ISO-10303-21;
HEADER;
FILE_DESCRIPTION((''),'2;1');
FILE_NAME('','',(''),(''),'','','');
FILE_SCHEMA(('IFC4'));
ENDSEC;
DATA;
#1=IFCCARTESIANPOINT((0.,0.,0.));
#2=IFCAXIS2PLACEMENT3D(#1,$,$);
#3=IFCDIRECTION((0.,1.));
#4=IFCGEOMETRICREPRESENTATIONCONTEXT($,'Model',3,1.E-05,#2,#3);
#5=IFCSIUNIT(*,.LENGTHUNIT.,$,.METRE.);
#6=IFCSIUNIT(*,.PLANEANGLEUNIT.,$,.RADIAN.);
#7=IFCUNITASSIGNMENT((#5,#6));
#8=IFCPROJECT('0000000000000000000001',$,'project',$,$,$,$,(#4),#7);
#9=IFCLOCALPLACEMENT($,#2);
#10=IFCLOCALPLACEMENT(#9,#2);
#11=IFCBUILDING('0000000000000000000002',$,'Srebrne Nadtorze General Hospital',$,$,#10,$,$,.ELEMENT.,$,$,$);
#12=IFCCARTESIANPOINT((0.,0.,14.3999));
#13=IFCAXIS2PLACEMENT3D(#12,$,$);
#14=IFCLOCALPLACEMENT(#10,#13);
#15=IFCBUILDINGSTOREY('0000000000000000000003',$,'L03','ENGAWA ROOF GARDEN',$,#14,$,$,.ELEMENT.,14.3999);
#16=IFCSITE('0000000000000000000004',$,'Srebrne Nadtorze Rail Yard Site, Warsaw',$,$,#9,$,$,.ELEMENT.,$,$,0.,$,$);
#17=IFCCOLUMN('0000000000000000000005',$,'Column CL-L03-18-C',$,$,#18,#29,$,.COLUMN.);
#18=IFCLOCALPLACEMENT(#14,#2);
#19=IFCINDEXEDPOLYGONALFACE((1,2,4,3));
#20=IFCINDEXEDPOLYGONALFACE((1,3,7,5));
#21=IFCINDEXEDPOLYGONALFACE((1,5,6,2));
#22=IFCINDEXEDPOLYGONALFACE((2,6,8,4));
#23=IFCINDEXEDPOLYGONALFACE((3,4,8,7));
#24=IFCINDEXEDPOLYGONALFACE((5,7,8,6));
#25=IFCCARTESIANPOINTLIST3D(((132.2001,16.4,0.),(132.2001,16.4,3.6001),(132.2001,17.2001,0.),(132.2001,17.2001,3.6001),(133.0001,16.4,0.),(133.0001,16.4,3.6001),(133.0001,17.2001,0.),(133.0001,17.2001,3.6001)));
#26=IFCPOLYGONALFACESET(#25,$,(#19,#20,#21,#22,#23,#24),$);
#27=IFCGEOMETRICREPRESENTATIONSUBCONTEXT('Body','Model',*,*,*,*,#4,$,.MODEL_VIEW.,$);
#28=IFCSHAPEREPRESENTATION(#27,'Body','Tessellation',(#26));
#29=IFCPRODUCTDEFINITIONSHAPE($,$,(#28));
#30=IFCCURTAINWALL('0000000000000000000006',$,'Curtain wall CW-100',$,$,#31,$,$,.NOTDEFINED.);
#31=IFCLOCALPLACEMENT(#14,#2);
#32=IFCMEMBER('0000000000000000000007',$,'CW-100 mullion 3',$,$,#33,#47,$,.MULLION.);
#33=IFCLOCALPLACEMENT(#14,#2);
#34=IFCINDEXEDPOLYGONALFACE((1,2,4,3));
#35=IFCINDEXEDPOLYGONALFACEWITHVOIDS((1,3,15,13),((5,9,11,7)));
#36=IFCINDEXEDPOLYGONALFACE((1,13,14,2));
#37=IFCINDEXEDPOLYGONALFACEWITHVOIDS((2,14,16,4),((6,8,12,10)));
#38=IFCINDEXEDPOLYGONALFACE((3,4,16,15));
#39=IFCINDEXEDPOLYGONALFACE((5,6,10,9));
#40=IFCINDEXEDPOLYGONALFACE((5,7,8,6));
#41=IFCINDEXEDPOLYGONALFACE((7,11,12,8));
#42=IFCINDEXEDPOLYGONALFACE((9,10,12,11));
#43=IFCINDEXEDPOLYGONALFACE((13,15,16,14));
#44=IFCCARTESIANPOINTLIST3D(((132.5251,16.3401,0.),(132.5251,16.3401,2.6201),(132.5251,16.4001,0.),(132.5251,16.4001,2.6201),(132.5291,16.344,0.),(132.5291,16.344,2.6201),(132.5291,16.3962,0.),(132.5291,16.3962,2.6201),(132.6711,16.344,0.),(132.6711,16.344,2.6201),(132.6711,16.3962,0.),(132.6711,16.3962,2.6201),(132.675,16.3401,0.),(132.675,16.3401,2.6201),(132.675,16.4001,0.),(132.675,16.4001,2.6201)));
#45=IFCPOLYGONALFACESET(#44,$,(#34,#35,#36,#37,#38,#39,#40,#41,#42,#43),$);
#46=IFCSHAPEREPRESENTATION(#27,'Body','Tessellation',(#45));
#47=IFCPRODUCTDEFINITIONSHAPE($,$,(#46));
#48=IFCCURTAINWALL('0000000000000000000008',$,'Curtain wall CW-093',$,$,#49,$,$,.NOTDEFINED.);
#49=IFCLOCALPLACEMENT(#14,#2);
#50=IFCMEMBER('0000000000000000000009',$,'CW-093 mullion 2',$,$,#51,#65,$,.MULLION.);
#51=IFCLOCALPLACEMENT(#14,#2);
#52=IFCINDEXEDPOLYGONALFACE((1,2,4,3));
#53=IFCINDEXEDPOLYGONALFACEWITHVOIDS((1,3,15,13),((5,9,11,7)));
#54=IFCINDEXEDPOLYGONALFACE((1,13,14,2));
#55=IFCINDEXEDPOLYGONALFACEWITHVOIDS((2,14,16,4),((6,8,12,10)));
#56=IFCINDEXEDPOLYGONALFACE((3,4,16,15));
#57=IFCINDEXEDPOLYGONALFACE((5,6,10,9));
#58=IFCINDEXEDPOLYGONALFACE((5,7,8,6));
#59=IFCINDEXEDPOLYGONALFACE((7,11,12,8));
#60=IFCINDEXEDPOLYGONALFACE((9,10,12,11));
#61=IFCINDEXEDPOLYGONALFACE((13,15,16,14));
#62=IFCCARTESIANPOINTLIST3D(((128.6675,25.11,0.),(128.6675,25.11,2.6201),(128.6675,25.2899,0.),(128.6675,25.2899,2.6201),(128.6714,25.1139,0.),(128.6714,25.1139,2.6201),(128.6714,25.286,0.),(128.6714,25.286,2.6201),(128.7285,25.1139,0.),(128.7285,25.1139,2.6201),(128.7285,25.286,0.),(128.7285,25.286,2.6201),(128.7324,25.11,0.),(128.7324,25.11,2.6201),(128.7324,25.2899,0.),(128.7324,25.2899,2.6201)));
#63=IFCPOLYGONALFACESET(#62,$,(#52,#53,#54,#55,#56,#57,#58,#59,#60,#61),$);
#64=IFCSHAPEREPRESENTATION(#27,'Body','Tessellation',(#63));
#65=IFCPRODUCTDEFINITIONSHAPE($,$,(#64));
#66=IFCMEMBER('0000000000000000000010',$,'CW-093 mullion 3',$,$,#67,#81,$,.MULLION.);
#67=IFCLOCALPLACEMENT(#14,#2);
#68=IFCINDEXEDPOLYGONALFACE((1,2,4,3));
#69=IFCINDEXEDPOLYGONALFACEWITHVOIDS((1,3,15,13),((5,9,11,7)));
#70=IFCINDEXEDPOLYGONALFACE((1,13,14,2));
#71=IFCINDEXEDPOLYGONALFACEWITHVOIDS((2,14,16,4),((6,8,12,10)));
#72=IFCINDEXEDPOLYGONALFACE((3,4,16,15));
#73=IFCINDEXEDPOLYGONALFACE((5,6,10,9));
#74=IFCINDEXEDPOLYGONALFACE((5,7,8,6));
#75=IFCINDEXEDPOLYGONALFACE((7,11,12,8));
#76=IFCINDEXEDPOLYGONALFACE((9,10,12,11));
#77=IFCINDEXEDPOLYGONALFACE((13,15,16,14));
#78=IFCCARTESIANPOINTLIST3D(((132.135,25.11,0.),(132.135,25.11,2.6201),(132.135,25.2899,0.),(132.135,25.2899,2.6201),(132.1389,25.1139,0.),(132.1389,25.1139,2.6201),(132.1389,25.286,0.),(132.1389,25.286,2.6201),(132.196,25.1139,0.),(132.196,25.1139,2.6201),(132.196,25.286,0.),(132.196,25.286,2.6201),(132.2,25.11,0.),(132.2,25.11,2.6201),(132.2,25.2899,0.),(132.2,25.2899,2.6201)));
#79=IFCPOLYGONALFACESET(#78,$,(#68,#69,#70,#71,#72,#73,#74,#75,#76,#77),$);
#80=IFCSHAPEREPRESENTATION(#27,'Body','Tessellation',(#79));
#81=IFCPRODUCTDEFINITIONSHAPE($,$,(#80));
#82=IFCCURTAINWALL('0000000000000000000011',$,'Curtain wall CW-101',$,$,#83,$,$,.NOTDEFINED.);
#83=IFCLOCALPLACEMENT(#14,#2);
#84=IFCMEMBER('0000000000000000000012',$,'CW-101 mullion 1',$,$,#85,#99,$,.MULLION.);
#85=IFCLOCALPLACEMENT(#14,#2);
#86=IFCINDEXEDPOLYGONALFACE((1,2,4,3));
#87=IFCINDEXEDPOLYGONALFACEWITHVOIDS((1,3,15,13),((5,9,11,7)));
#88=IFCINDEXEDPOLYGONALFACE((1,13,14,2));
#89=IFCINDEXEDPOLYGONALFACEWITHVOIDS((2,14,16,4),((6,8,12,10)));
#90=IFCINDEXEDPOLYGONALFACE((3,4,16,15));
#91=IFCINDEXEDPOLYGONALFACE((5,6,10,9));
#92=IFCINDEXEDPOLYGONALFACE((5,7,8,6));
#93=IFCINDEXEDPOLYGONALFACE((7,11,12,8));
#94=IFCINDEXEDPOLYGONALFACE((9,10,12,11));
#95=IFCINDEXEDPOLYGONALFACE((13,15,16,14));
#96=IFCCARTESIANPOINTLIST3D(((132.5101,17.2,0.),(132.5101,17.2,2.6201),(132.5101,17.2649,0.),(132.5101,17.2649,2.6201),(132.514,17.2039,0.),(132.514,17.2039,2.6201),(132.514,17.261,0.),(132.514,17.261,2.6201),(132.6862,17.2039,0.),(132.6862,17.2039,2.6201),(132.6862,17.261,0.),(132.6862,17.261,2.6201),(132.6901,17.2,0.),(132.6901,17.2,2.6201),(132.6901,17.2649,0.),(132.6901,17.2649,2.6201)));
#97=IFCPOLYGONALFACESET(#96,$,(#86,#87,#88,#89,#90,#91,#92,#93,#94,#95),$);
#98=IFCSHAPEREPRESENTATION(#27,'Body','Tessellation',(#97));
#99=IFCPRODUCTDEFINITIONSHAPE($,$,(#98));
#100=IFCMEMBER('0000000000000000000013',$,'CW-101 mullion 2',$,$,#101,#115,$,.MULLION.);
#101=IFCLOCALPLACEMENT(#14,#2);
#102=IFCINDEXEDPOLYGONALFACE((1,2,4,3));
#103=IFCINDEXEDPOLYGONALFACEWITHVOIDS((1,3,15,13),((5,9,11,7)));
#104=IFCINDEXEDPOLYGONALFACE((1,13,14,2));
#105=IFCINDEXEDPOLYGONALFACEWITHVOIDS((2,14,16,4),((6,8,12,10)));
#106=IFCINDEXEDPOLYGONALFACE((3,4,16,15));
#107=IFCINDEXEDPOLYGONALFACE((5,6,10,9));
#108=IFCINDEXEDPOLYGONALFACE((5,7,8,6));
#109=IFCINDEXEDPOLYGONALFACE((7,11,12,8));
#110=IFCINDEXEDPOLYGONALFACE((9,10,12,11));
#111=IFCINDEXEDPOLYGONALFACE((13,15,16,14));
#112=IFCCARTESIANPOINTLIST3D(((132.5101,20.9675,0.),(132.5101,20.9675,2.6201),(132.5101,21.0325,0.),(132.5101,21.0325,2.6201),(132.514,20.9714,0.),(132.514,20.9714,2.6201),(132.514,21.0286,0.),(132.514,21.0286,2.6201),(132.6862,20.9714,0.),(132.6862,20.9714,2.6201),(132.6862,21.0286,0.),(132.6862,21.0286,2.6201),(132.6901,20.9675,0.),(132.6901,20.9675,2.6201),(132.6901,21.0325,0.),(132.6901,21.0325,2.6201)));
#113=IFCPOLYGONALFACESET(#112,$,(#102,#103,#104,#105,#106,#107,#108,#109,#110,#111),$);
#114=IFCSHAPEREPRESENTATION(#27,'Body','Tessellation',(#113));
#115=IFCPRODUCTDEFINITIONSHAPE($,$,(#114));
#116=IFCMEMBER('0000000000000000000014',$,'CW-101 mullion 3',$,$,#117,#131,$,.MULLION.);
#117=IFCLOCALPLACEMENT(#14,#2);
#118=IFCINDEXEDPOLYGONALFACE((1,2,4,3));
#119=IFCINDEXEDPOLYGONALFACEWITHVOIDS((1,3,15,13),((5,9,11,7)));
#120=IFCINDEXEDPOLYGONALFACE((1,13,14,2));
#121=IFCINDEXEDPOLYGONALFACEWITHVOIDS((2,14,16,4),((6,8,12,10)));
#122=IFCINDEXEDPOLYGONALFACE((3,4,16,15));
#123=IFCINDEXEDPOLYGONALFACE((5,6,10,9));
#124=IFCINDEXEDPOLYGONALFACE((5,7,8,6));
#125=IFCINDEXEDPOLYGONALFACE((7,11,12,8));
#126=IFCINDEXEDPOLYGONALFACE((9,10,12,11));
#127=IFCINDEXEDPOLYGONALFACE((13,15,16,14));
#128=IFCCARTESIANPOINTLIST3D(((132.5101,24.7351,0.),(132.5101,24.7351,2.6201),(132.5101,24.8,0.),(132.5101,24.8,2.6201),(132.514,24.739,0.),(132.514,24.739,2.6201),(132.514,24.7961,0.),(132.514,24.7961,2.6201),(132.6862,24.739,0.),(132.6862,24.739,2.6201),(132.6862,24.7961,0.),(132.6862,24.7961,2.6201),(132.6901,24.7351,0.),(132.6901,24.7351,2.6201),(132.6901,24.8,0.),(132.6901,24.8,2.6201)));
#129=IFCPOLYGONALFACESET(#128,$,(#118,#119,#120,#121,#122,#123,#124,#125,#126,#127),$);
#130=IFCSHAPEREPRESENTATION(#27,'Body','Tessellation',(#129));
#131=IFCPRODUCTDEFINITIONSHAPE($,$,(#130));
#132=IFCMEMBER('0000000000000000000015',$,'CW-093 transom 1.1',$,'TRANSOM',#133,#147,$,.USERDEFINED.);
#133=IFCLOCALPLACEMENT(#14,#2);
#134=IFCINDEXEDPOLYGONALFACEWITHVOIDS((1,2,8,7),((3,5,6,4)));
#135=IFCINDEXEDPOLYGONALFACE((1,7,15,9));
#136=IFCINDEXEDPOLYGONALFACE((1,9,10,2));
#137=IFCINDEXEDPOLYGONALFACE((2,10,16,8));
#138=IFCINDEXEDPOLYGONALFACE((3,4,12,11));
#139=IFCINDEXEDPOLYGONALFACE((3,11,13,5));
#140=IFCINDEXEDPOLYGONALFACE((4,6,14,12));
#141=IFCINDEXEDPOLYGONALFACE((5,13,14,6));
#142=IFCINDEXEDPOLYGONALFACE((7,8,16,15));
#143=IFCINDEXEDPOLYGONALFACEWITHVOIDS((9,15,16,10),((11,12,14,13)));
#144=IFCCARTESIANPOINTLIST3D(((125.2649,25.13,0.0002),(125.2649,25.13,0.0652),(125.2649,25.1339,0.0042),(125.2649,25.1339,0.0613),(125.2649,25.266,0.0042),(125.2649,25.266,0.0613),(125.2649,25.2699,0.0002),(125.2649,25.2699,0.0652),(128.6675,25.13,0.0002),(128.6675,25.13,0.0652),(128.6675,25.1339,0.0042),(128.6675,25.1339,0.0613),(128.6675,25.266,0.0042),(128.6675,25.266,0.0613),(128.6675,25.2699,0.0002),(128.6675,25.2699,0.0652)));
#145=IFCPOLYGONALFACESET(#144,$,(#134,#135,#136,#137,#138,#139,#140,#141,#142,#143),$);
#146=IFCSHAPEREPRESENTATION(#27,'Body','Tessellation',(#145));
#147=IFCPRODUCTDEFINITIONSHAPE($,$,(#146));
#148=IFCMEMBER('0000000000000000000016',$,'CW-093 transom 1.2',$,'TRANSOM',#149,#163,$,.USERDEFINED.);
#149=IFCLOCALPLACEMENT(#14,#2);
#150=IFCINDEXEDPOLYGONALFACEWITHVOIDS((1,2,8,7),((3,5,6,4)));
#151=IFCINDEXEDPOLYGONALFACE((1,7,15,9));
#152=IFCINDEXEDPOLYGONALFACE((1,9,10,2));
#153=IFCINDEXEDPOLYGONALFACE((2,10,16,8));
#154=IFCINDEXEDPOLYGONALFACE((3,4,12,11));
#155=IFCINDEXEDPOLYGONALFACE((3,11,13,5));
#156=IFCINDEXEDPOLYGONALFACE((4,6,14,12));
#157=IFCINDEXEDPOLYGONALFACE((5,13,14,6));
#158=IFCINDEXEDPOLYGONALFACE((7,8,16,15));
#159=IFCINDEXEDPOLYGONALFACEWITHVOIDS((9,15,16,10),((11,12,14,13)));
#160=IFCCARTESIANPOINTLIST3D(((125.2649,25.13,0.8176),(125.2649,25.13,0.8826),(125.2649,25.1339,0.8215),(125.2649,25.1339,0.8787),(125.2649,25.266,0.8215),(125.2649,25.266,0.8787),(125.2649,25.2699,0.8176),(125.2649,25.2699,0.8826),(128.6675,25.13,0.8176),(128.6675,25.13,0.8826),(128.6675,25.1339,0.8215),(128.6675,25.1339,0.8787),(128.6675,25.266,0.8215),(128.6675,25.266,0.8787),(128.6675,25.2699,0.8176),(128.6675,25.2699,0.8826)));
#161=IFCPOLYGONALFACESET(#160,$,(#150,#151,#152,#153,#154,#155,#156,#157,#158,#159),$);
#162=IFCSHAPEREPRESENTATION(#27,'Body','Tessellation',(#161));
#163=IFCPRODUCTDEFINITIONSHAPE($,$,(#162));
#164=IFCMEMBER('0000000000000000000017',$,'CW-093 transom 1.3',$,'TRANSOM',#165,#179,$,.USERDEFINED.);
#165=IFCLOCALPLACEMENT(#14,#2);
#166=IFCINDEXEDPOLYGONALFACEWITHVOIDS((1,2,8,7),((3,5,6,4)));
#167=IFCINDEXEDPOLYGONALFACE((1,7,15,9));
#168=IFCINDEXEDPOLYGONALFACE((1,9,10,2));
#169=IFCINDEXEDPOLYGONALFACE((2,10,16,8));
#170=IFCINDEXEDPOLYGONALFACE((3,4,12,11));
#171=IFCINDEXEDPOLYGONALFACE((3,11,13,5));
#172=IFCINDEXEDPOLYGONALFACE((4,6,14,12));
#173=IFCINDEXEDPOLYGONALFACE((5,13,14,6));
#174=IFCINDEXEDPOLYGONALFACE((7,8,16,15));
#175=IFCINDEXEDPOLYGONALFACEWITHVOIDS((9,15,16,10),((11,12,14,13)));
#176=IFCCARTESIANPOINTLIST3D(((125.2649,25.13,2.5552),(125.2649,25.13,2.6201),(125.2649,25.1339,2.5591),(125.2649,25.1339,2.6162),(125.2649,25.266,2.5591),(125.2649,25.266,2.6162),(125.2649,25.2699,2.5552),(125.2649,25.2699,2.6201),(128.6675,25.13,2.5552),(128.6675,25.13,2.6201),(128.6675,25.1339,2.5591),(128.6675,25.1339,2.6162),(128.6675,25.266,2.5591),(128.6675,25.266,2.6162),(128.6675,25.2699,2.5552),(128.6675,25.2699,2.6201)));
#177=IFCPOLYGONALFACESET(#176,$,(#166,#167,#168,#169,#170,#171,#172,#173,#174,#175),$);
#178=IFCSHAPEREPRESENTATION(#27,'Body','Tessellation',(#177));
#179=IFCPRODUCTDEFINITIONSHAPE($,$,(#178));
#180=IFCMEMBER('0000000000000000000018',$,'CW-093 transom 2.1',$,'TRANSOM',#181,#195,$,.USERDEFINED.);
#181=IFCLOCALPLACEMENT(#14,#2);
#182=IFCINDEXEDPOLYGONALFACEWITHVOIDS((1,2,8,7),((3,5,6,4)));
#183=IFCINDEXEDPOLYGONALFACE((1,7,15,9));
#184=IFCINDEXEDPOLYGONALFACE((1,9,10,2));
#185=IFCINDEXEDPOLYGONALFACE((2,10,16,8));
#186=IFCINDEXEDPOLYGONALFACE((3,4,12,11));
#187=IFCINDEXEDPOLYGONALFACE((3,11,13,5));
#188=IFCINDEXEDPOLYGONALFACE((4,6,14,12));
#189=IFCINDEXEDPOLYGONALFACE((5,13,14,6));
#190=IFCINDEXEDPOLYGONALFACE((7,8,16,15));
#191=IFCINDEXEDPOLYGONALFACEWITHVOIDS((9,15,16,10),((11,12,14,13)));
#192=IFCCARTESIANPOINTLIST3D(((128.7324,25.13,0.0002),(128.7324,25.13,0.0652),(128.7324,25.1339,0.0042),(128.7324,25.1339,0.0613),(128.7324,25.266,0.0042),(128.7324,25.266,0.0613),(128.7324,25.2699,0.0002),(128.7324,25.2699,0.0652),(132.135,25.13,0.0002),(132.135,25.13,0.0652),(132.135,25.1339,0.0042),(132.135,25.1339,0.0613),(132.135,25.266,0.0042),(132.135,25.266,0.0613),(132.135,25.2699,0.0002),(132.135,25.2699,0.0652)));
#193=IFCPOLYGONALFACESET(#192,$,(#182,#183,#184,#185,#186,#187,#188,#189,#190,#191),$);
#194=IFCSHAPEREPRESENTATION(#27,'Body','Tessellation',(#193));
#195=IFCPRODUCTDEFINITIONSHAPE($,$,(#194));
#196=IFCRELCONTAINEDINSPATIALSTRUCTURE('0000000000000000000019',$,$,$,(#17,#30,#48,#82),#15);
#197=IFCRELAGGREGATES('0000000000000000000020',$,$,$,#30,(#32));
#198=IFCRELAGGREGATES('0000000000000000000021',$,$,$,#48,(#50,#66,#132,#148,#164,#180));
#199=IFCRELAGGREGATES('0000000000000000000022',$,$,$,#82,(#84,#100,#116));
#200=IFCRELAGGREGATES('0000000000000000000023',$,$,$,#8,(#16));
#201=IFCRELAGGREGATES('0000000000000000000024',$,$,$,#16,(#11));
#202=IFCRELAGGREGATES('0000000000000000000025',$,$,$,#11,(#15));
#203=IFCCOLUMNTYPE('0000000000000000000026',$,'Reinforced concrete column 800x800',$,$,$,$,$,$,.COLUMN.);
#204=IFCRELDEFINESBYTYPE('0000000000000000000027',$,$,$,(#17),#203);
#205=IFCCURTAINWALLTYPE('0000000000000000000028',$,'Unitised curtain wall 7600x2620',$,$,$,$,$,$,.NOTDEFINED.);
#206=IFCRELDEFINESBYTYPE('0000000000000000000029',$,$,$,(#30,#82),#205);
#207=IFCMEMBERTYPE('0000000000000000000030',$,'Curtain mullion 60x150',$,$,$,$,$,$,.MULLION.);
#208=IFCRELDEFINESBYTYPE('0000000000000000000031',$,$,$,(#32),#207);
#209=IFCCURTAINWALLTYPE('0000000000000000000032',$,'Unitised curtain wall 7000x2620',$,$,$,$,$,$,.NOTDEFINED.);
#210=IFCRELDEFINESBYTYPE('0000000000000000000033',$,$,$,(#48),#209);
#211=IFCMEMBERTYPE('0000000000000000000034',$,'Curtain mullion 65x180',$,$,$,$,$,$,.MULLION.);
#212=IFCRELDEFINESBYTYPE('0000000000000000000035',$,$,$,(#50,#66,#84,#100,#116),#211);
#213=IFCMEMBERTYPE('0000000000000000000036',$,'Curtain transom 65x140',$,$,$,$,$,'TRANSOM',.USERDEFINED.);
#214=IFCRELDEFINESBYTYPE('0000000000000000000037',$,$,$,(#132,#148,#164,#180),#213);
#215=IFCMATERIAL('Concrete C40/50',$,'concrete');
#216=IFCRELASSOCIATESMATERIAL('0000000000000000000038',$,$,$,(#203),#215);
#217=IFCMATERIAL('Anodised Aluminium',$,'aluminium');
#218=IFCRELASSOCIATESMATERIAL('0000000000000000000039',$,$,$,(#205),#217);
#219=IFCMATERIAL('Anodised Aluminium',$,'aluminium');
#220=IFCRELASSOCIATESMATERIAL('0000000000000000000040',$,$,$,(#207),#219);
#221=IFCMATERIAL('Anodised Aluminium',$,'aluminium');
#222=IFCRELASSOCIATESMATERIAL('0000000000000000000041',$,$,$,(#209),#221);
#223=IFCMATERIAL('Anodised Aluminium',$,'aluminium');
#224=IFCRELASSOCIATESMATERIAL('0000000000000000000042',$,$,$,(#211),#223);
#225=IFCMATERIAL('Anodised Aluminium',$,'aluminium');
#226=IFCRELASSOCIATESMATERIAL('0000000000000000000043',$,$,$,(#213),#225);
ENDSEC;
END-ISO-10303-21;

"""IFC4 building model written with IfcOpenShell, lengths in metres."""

from ifc_helpers import new_model, si_unit, direction, frame, origin, origin_2d, place, context, subcontext, project, spatial, rectangle, hollow_rectangle, extrude, material, material_profile, profile_set, type_object, element, aggregate, save


model = new_model("IFC4")

# Units and contexts
model_context = context("Model", 3, precision=1e-05, world=origin(), true_north=direction((0.0, 1.0)))
body_context = subcontext(model_context, "Body", "Model", "MODEL_VIEW")
ifc_project = project(units=[si_unit("LENGTHUNIT", "METRE"), si_unit("PLANEANGLEUNIT", "RADIAN")], contexts=[model_context])

# Site, building, storey
site_placement = place(None, origin())
site = spatial("IfcSite", under=ifc_project, at=site_placement, Name="Srebrne Nadtorze Rail Yard Site, Warsaw", CompositionType="ELEMENT", RefElevation=0.0)
building_placement = place(site_placement, origin())
building = spatial("IfcBuilding", under=site, at=building_placement, Name="Srebrne Nadtorze General Hospital", CompositionType="ELEMENT")
storey_placement = place(building_placement, frame((0.0, 0.0, 14.3999)))
storey = spatial("IfcBuildingStorey", under=building, at=storey_placement, Name="L03", Description="ENGAWA ROOF GARDEN", CompositionType="ELEMENT", Elevation=14.3999)

# Column
ifc_material_1 = material(Name="Concrete C40/50", Category="concrete")
ifc_material_profile_1 = material_profile(ifc_material_1, rectangle(XDim=0.8, YDim=0.8, at=origin_2d()), Name="RC-COL-800x800")
ifc_profile_set_1 = profile_set([ifc_material_profile_1], Name="Concrete C40/50")
column_type = type_object("IfcColumnType", Name="Reinforced concrete column 800x800", PredefinedType="COLUMN", material=ifc_profile_set_1)
column_placement = place(storey_placement, frame((132.6001, 16.8, 0.0), z_axis=(0.0, 0.0, 1.0), x_axis=(1.0, 0.0, 0.0)))
element("IfcColumn", 1, at=column_placement, inside=storey, type_object=column_type, Name="Column CL-L03-18-C", PredefinedType="COLUMN", context=body_context, shape_type="SweptSolid", body=[
    extrude(rectangle(XDim=0.8, YDim=0.8, at=origin_2d()), origin(), (0.0, 0.0, 1.0), 3.6001),
])

# Curtain wall, member
ifc_material_2 = material(Name="Anodised Aluminium", Category="aluminium")
curtain_wall_type_1 = type_object("IfcCurtainWallType", Name="Unitised curtain wall 7600x2620", PredefinedType="NOTDEFINED", material=ifc_material_2)
curtain_wall_1_placement = place(storey_placement, origin())
curtain_wall_1 = element("IfcCurtainWall", 2, at=curtain_wall_1_placement, inside=storey, type_object=curtain_wall_type_1, Name="Curtain wall CW-100", PredefinedType="NOTDEFINED")
ifc_material_3 = material(Name="Anodised Aluminium", Category="aluminium")
ifc_material_profile_2 = material_profile(ifc_material_3, hollow_rectangle(XDim=0.0601, YDim=0.1499, WallThickness=0.0039, at=origin_2d()), Name="AL-MUL-60x150")
ifc_profile_set_2 = profile_set([ifc_material_profile_2], Name="Anodised Aluminium")
member_type_1 = type_object("IfcMemberType", Name="Curtain mullion 60x150", PredefinedType="MULLION", material=ifc_profile_set_2)
member_1_placement = place(storey_placement, frame((132.6001, 16.3701, 0.0), z_axis=(0.0, 0.0, 1.0), x_axis=(0.0, 1.0, 0.0)))
member_1 = element("IfcMember", 3, at=member_1_placement, type_object=member_type_1, Name="CW-100 mullion 3", PredefinedType="MULLION", context=body_context, shape_type="SweptSolid", body=[
    extrude(hollow_rectangle(XDim=0.0601, YDim=0.1499, WallThickness=0.0039, at=origin_2d()), origin(), (0.0, 0.0, 1.0), 2.6201),
])
aggregate(curtain_wall_1, [member_1])

# Curtain walls, members
ifc_material_4 = material(Name="Anodised Aluminium", Category="aluminium")
curtain_wall_type_2 = type_object("IfcCurtainWallType", Name="Unitised curtain wall 7000x2620", PredefinedType="NOTDEFINED", material=ifc_material_4)
curtain_wall_2_placement = place(storey_placement, origin())
curtain_wall_2 = element("IfcCurtainWall", 4, at=curtain_wall_2_placement, inside=storey, type_object=curtain_wall_type_2, Name="Curtain wall CW-093", PredefinedType="NOTDEFINED")
ifc_material_5 = material(Name="Anodised Aluminium", Category="aluminium")
ifc_material_profile_3 = material_profile(ifc_material_5, hollow_rectangle(XDim=0.0649, YDim=0.1799, WallThickness=0.0039, at=origin_2d()), Name="AL-MUL-65x180")
ifc_profile_set_3 = profile_set([ifc_material_profile_3], Name="Anodised Aluminium")
member_type_2 = type_object("IfcMemberType", Name="Curtain mullion 65x180", PredefinedType="MULLION", material=ifc_profile_set_3)
member_2_placement = place(storey_placement, frame((128.7, 25.2, 0.0), z_axis=(0.0, 0.0, 1.0), x_axis=(1.0, 0.0, 0.0)))
member_2 = element("IfcMember", 5, at=member_2_placement, type_object=member_type_2, Name="CW-093 mullion 2", PredefinedType="MULLION", context=body_context, shape_type="SweptSolid", body=[
    extrude(hollow_rectangle(XDim=0.0649, YDim=0.1799, WallThickness=0.0039, at=origin_2d()), origin(), (0.0, 0.0, 1.0), 2.6201),
])
member_3_placement = place(storey_placement, frame((132.1675, 25.2, 0.0), z_axis=(0.0, 0.0, 1.0), x_axis=(1.0, 0.0, 0.0)))
member_3 = element("IfcMember", 6, at=member_3_placement, type_object=member_type_2, Name="CW-093 mullion 3", PredefinedType="MULLION", context=body_context, shape_type="SweptSolid", body=[
    extrude(hollow_rectangle(XDim=0.0649, YDim=0.1799, WallThickness=0.0039, at=origin_2d()), origin(), (0.0, 0.0, 1.0), 2.6201),
])
curtain_wall_3_placement = place(storey_placement, origin())
curtain_wall_3 = element("IfcCurtainWall", 7, at=curtain_wall_3_placement, inside=storey, type_object=curtain_wall_type_1, Name="Curtain wall CW-101", PredefinedType="NOTDEFINED")
member_4_placement = place(storey_placement, frame((132.6001, 17.2324, 0.0), z_axis=(0.0, 0.0, 1.0), x_axis=(0.0, 1.0, 0.0)))
member_4 = element("IfcMember", 8, at=member_4_placement, type_object=member_type_2, Name="CW-101 mullion 1", PredefinedType="MULLION", context=body_context, shape_type="SweptSolid", body=[
    extrude(hollow_rectangle(XDim=0.0649, YDim=0.1799, WallThickness=0.0039, at=origin_2d()), origin(), (0.0, 0.0, 1.0), 2.6201),
])
member_5_placement = place(storey_placement, frame((132.6001, 21.0, 0.0), z_axis=(0.0, 0.0, 1.0), x_axis=(0.0, 1.0, 0.0)))
member_5 = element("IfcMember", 9, at=member_5_placement, type_object=member_type_2, Name="CW-101 mullion 2", PredefinedType="MULLION", context=body_context, shape_type="SweptSolid", body=[
    extrude(hollow_rectangle(XDim=0.0649, YDim=0.1799, WallThickness=0.0039, at=origin_2d()), origin(), (0.0, 0.0, 1.0), 2.6201),
])
member_6_placement = place(storey_placement, frame((132.6001, 24.7676, 0.0), z_axis=(0.0, 0.0, 1.0), x_axis=(0.0, 1.0, 0.0)))
member_6 = element("IfcMember", 10, at=member_6_placement, type_object=member_type_2, Name="CW-101 mullion 3", PredefinedType="MULLION", context=body_context, shape_type="SweptSolid", body=[
    extrude(hollow_rectangle(XDim=0.0649, YDim=0.1799, WallThickness=0.0039, at=origin_2d()), origin(), (0.0, 0.0, 1.0), 2.6201),
])

# Members
ifc_material_6 = material(Name="Anodised Aluminium", Category="aluminium")
ifc_material_profile_4 = material_profile(ifc_material_6, hollow_rectangle(XDim=0.0649, YDim=0.1399, WallThickness=0.0039, at=origin_2d()), Name="AL-TRN-65x140")
ifc_profile_set_4 = profile_set([ifc_material_profile_4], Name="Anodised Aluminium")
member_type_3 = type_object("IfcMemberType", Name="Curtain transom 65x140", ElementType="TRANSOM", PredefinedType="USERDEFINED", material=ifc_profile_set_4)
member_7_placement = place(storey_placement, frame((125.2649, 25.2, 0.0327), z_axis=(1.0, 0.0, 0.0), x_axis=(0.0, 0.0, 1.0)))
member_7 = element("IfcMember", 11, at=member_7_placement, type_object=member_type_3, Name="CW-093 transom 1.1", ObjectType="TRANSOM", PredefinedType="USERDEFINED", context=body_context, shape_type="SweptSolid", body=[
    extrude(hollow_rectangle(XDim=0.0649, YDim=0.1399, WallThickness=0.0039, at=origin_2d()), origin(), (0.0, 0.0, 1.0), 3.4026),
])
member_8_placement = place(storey_placement, frame((125.2649, 25.2, 0.8501), z_axis=(1.0, 0.0, 0.0), x_axis=(0.0, 0.0, 1.0)))
member_8 = element("IfcMember", 12, at=member_8_placement, type_object=member_type_3, Name="CW-093 transom 1.2", ObjectType="TRANSOM", PredefinedType="USERDEFINED", context=body_context, shape_type="SweptSolid", body=[
    extrude(hollow_rectangle(XDim=0.0649, YDim=0.1399, WallThickness=0.0039, at=origin_2d()), origin(), (0.0, 0.0, 1.0), 3.4026),
])
member_9_placement = place(storey_placement, frame((125.2649, 25.2, 2.5876), z_axis=(1.0, 0.0, 0.0), x_axis=(0.0, 0.0, 1.0)))
member_9 = element("IfcMember", 13, at=member_9_placement, type_object=member_type_3, Name="CW-093 transom 1.3", ObjectType="TRANSOM", PredefinedType="USERDEFINED", context=body_context, shape_type="SweptSolid", body=[
    extrude(hollow_rectangle(XDim=0.0649, YDim=0.1399, WallThickness=0.0039, at=origin_2d()), origin(), (0.0, 0.0, 1.0), 3.4026),
])
member_10_placement = place(storey_placement, frame((128.7324, 25.2, 0.0327), z_axis=(1.0, 0.0, 0.0), x_axis=(0.0, 0.0, 1.0)))
member_10 = element("IfcMember", 14, at=member_10_placement, type_object=member_type_3, Name="CW-093 transom 2.1", ObjectType="TRANSOM", PredefinedType="USERDEFINED", context=body_context, shape_type="SweptSolid", body=[
    extrude(hollow_rectangle(XDim=0.0649, YDim=0.1399, WallThickness=0.0039, at=origin_2d()), origin(), (0.0, 0.0, 1.0), 3.4026),
])

aggregate(curtain_wall_2, [member_2, member_3, member_7, member_8, member_9, member_10])
aggregate(curtain_wall_3, [member_4, member_5, member_6])

save(model, "model.ifc")
